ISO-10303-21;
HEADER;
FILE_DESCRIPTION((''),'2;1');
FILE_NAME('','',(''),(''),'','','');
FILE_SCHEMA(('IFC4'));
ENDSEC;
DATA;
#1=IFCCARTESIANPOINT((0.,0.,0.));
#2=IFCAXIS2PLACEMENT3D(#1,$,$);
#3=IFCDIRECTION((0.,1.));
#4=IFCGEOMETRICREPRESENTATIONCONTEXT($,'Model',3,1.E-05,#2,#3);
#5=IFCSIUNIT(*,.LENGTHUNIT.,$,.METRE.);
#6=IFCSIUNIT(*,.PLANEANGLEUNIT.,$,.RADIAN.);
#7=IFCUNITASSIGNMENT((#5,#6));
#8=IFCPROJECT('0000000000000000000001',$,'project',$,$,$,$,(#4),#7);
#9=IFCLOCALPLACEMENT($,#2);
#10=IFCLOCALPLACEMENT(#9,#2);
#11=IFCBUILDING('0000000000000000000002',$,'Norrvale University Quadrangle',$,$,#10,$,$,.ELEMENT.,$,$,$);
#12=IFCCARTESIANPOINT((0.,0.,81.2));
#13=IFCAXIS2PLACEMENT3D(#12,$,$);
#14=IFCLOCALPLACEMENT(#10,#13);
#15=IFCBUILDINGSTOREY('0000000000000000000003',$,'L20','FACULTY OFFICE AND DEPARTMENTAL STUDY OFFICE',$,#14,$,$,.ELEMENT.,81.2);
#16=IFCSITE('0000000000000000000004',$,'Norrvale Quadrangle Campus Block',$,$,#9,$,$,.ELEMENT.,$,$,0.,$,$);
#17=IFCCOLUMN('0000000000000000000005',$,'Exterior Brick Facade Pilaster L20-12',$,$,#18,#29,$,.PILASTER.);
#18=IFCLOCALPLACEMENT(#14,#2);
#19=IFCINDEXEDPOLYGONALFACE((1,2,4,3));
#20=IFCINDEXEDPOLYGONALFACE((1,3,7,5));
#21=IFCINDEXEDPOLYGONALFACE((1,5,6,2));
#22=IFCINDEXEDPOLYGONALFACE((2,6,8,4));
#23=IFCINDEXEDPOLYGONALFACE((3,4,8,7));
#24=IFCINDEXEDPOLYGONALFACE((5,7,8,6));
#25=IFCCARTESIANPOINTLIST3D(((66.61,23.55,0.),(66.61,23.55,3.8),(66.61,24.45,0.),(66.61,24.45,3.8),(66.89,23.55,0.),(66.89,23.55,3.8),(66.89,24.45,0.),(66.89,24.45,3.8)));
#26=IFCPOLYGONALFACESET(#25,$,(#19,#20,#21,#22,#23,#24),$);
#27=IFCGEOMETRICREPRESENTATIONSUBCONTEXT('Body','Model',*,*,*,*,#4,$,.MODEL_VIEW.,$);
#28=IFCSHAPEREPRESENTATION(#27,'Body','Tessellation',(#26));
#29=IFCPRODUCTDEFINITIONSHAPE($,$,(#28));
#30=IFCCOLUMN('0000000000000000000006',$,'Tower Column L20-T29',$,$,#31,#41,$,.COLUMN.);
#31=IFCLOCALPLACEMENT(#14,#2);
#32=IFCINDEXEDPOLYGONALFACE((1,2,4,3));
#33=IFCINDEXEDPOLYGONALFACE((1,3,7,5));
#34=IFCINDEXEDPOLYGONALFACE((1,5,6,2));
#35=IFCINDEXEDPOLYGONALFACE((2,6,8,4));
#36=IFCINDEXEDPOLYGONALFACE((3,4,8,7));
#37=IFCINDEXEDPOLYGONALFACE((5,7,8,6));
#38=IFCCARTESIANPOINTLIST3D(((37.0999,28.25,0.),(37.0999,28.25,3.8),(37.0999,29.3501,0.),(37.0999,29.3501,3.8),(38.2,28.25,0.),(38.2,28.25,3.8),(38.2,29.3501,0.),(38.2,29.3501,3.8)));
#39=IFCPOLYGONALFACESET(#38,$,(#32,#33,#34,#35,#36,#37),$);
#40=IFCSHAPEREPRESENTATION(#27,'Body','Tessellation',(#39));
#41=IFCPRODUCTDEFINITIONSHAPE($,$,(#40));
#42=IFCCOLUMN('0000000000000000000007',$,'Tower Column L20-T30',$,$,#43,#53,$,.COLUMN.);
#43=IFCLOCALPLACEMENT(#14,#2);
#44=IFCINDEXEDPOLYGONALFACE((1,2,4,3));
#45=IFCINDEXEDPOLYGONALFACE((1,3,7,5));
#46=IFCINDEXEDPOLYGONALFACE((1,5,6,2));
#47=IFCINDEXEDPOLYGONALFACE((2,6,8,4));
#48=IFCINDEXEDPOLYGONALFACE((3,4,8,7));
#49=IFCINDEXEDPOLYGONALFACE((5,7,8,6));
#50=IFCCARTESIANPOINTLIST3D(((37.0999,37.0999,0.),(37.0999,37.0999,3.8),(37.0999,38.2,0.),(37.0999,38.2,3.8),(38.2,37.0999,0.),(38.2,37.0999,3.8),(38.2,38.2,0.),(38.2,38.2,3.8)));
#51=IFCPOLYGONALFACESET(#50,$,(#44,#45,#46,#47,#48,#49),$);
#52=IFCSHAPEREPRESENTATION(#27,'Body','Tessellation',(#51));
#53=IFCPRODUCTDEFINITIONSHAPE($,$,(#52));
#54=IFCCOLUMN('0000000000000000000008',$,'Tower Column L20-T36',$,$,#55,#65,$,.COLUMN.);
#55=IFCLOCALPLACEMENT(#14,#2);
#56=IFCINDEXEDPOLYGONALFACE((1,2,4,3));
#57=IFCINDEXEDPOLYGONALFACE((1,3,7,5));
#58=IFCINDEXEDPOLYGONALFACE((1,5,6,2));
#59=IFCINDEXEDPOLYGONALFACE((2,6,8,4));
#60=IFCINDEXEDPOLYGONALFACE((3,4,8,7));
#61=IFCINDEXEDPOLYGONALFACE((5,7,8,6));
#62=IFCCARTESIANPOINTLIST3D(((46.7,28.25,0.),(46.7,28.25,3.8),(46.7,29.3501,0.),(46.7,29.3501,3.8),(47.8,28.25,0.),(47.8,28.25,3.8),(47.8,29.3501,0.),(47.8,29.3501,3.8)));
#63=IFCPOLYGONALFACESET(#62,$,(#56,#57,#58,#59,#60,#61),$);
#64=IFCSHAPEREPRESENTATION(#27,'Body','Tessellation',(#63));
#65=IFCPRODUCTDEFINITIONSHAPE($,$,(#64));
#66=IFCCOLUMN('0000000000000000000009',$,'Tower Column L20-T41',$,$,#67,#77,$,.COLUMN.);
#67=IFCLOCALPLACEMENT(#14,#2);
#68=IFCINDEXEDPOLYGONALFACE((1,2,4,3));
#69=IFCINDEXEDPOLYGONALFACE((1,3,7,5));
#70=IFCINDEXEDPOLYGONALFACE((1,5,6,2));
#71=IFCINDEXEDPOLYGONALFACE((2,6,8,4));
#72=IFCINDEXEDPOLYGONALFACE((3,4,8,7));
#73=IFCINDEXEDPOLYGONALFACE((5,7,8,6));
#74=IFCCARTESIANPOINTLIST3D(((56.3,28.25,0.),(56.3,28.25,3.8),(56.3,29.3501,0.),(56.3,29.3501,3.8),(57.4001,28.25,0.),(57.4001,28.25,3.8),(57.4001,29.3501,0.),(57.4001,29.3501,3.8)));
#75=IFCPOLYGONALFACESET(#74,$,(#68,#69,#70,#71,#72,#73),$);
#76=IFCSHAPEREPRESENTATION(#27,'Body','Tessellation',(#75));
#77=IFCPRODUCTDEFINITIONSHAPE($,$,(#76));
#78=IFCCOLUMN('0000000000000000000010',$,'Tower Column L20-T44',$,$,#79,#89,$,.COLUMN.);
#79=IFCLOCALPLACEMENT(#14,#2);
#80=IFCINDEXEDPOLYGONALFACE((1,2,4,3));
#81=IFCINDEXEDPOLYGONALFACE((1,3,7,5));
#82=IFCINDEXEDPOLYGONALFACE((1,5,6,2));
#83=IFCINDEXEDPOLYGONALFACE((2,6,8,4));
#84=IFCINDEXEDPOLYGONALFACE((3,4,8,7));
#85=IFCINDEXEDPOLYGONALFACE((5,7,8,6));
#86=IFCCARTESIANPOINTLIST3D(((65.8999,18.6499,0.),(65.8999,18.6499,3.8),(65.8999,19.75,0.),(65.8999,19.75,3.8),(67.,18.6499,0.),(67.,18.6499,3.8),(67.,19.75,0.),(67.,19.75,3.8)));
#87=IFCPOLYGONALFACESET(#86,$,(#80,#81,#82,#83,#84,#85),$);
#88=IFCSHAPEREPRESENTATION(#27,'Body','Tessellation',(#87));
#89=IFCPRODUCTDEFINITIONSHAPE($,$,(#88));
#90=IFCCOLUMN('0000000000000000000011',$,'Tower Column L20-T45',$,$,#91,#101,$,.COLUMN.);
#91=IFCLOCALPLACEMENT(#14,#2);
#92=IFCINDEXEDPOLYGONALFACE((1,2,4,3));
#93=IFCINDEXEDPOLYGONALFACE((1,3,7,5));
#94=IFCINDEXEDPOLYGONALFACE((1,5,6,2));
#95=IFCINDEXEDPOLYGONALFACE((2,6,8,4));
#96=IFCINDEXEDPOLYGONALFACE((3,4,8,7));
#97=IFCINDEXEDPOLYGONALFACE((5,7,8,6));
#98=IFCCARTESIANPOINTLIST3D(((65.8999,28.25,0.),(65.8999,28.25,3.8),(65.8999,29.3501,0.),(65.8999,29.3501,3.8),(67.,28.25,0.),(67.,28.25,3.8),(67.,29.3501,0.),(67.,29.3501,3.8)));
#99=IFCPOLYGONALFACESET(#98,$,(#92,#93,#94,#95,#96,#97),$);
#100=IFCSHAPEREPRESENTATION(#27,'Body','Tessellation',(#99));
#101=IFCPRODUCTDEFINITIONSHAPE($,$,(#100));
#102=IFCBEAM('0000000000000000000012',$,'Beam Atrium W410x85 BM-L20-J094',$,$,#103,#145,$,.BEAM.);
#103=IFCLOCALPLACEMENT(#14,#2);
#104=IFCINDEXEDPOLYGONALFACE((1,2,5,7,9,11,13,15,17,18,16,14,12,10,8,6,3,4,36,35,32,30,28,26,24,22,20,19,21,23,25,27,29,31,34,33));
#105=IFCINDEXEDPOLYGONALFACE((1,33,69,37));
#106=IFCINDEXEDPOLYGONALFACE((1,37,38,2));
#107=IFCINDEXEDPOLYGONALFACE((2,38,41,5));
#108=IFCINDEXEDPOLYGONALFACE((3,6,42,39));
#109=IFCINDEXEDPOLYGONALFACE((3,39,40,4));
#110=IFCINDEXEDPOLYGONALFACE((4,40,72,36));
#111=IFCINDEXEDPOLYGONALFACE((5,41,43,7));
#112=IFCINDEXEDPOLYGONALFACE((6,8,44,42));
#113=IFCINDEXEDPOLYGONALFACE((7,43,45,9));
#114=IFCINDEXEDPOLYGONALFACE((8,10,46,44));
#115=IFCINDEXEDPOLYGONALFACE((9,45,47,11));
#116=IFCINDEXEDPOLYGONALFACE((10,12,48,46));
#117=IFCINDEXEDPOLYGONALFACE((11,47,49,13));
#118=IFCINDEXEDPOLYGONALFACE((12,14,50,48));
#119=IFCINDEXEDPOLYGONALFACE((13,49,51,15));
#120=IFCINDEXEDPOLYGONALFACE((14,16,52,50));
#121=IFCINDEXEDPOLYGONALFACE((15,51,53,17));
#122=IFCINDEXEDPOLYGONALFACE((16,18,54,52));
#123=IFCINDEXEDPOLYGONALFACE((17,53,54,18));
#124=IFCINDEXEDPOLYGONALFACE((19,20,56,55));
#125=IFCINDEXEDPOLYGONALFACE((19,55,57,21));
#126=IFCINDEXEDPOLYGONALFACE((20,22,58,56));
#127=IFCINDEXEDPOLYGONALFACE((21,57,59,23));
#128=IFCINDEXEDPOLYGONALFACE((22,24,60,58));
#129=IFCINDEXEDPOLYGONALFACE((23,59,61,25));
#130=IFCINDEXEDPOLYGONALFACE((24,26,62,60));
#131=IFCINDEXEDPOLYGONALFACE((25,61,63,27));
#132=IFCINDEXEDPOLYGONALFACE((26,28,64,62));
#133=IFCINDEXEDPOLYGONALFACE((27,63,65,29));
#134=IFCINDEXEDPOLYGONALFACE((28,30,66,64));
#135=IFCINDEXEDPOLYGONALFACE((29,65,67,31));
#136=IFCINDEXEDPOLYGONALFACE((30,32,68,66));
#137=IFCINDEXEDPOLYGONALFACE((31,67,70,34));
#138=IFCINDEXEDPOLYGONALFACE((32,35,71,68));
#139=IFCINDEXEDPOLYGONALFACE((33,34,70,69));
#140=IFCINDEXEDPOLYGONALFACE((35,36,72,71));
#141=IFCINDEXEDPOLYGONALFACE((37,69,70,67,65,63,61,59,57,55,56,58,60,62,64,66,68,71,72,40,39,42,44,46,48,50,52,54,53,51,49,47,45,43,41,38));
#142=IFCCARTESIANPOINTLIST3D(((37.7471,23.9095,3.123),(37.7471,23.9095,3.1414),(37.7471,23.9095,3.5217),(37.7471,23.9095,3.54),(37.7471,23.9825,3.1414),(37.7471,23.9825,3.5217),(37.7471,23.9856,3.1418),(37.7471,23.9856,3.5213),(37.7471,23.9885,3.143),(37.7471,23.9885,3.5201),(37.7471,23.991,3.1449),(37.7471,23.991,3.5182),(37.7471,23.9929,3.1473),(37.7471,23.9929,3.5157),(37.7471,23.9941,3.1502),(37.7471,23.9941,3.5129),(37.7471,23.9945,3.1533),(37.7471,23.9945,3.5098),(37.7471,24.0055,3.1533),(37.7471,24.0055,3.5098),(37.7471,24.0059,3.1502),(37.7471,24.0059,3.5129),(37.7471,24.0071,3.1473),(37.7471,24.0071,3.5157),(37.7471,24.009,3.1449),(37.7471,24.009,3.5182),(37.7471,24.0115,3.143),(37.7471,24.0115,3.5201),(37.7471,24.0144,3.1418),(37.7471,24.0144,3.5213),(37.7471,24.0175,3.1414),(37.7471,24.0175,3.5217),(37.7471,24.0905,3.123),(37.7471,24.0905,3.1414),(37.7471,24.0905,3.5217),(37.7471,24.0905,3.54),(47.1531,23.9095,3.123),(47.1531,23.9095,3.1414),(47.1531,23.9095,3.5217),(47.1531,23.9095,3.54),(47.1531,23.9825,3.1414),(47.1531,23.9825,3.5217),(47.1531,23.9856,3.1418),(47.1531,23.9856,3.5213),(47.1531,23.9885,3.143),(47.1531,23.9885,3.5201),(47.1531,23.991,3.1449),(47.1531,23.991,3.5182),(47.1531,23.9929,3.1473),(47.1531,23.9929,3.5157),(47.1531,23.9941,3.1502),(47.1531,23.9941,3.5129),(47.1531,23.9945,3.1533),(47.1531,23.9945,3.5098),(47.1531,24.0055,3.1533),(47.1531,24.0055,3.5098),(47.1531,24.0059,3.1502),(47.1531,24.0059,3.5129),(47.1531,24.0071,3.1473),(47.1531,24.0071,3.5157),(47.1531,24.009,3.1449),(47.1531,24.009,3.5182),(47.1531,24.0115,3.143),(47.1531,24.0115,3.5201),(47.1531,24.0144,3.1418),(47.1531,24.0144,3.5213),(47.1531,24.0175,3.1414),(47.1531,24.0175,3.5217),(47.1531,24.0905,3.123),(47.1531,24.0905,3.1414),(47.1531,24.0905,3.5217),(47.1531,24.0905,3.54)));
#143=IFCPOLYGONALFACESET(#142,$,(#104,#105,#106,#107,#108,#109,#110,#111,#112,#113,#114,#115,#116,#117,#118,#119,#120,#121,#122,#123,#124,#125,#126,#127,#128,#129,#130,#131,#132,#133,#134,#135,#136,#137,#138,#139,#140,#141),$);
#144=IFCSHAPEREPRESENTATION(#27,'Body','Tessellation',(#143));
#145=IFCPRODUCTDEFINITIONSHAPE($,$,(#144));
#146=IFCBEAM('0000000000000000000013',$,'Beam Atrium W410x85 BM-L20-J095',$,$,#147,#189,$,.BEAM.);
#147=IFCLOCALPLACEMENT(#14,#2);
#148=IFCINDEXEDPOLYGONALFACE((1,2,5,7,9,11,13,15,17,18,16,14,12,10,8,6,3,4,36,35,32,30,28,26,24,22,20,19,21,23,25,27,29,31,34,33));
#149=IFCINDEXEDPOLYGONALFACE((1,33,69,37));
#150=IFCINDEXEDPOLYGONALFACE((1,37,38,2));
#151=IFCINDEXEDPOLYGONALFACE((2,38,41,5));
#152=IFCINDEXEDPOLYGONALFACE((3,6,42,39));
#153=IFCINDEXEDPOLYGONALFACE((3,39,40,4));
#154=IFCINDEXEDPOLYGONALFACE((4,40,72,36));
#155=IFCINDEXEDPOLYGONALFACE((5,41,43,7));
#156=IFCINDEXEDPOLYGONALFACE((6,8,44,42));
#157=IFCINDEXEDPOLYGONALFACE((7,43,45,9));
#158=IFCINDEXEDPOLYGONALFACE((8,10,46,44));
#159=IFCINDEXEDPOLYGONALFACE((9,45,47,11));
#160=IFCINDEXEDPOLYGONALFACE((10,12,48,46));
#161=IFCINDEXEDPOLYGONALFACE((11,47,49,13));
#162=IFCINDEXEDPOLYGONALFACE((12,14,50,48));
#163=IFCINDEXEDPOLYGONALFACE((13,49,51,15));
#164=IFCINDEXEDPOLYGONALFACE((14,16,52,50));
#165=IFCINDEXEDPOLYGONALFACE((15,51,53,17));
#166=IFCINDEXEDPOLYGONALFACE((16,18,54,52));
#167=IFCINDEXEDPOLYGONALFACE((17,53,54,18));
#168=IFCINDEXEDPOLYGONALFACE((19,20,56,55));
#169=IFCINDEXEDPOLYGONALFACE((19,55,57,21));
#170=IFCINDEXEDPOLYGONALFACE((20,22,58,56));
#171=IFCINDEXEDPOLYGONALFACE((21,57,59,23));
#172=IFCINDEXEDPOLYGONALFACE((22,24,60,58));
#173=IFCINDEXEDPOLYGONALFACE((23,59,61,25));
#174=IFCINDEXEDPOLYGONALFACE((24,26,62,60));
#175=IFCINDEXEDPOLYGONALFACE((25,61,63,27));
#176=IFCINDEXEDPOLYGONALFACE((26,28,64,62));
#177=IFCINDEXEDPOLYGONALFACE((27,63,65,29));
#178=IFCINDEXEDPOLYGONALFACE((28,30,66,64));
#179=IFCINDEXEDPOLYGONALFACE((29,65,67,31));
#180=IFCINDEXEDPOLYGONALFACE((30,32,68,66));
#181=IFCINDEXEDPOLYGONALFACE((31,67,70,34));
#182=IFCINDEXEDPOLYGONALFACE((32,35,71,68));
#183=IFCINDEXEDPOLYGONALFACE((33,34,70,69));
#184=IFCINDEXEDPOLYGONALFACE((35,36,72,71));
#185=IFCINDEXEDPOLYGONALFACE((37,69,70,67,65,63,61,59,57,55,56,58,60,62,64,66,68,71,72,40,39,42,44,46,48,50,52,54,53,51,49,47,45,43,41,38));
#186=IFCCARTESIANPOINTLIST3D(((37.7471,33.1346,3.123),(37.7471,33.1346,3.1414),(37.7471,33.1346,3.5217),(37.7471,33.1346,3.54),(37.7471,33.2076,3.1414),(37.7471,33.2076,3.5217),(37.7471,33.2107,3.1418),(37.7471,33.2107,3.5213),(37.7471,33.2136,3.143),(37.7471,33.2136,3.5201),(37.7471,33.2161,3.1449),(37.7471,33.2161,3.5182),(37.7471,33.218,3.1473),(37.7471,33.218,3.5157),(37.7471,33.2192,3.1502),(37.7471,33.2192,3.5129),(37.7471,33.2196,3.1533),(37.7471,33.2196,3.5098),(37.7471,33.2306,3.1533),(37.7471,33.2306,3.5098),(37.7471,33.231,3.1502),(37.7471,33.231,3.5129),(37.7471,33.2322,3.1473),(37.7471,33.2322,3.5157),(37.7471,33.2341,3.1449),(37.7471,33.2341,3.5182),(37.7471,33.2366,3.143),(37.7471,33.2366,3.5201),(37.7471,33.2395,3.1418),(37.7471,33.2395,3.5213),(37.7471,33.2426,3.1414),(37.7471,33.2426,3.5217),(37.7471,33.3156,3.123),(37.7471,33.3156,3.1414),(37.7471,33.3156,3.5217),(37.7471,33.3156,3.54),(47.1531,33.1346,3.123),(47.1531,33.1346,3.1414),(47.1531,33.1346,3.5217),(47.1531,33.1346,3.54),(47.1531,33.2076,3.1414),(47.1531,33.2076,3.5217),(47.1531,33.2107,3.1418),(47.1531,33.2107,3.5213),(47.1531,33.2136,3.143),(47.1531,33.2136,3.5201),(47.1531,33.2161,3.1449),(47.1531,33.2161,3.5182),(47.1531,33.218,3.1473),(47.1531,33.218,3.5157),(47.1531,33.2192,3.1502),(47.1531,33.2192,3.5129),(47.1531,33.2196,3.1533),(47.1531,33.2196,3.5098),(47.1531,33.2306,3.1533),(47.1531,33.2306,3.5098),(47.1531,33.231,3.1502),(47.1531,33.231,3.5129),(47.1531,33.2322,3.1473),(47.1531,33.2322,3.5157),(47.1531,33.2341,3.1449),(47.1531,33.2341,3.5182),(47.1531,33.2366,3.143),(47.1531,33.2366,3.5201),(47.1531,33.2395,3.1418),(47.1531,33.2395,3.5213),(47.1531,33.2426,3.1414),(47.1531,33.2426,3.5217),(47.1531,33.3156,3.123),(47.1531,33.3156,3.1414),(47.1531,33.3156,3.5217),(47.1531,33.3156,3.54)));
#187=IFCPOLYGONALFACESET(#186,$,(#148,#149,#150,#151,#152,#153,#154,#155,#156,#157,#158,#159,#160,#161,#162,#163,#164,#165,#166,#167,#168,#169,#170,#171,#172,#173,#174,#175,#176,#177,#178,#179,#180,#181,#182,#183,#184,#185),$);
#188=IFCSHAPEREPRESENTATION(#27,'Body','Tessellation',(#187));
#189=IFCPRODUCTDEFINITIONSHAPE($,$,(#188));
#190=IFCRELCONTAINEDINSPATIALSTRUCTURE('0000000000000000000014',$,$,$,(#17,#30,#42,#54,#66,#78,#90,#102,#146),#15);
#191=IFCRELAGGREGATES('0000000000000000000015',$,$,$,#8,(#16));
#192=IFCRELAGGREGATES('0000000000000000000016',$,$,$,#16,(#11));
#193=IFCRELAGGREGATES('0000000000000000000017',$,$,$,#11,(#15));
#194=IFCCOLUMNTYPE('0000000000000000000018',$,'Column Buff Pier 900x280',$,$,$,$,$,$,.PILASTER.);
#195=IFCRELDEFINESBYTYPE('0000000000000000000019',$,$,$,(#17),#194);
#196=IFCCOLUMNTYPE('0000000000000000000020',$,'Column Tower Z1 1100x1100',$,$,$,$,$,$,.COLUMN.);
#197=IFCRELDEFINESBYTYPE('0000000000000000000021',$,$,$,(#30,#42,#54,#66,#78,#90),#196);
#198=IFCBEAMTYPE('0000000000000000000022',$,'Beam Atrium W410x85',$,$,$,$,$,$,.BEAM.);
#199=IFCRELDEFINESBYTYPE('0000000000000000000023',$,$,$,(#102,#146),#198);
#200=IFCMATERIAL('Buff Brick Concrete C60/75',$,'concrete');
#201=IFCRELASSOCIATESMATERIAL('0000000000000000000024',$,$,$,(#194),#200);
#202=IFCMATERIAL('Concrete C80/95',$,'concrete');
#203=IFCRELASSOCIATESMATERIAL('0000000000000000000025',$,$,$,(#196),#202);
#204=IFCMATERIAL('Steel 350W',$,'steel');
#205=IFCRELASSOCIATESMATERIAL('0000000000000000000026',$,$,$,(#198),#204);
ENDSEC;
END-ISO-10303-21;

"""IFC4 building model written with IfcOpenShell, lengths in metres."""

from ifc_helpers import new_model, si_unit, direction, frame, origin, origin_2d, place, context, subcontext, project, spatial, rectangle, i_section, extrude, material, material_profile, profile_set, type_object, element, save


model = new_model("IFC4")

# Units and contexts
model_context = context("Model", 3, precision=1e-05, world=origin(), true_north=direction((0.0, 1.0)))
body_context = subcontext(model_context, "Body", "Model", "MODEL_VIEW")
ifc_project = project(units=[si_unit("LENGTHUNIT", "METRE"), si_unit("PLANEANGLEUNIT", "RADIAN")], contexts=[model_context])

# Site, building, storey
site_placement = place(None, origin())
site = spatial("IfcSite", under=ifc_project, at=site_placement, Name="Norrvale Quadrangle Campus Block", CompositionType="ELEMENT", RefElevation=0.0)
building_placement = place(site_placement, origin())
building = spatial("IfcBuilding", under=site, at=building_placement, Name="Norrvale University Quadrangle", CompositionType="ELEMENT")
storey_placement = place(building_placement, frame((0.0, 0.0, 81.2)))
storey = spatial("IfcBuildingStorey", under=building, at=storey_placement, Name="L20", Description="FACULTY OFFICE AND DEPARTMENTAL STUDY OFFICE", CompositionType="ELEMENT", Elevation=81.2)

# Columns
ifc_material_1 = material(Name="Buff Brick Concrete C60/75", Category="concrete")
ifc_material_profile_1 = material_profile(ifc_material_1, rectangle(XDim=0.8999, YDim=0.28, at=origin_2d()), Name="Buff Brick Concrete C60/75")
ifc_profile_set_1 = profile_set([ifc_material_profile_1], Name="Buff Brick Concrete C60/75")
column_type_1 = type_object("IfcColumnType", Name="Column Buff Pier 900x280", PredefinedType="PILASTER", material=ifc_profile_set_1)
column_placement = place(storey_placement, frame((66.75, 24.0, 0.0), z_axis=(0.0, 0.0, 1.0), x_axis=(0.0, 1.0, 0.0)))
element("IfcColumn", 1, at=column_placement, inside=storey, type_object=column_type_1, Name="Exterior Brick Facade Pilaster L20-12", PredefinedType="PILASTER", context=body_context, shape_type="SweptSolid", body=[
    extrude(rectangle(XDim=0.8999, YDim=0.28, at=origin_2d()), origin(), (0.0, 0.0, 1.0), 3.8),
])
ifc_material_2 = material(Name="Concrete C80/95", Category="concrete")
ifc_material_profile_2 = material_profile(ifc_material_2, rectangle(XDim=1.1001, YDim=1.1001, at=origin_2d()), Name="Concrete C80/95")
ifc_profile_set_2 = profile_set([ifc_material_profile_2], Name="Concrete C80/95")
column_type_2 = type_object("IfcColumnType", Name="Column Tower Z1 1100x1100", PredefinedType="COLUMN", material=ifc_profile_set_2)
for number, where, z_axis, x_axis, name in (
    (2, (37.6499, 28.8, 0.0), (0.0, 0.0, 1.0), (1.0, 0.0, 0.0), "Tower Column L20-T29"),
    (3, (37.6499, 37.6499, 0.0), (0.0, 0.0, 1.0), (1.0, 0.0, 0.0), "Tower Column L20-T30"),
    (4, (47.25, 28.8, 0.0), (0.0, 0.0, 1.0), (1.0, 0.0, 0.0), "Tower Column L20-T36"),
    (5, (56.8501, 28.8, 0.0), (0.0, 0.0, 1.0), (1.0, 0.0, 0.0), "Tower Column L20-T41"),
    (6, (66.45, 19.2, 0.0), (0.0, 0.0, 1.0), (1.0, 0.0, 0.0), "Tower Column L20-T44"),
    (7, (66.45, 28.8, 0.0), (0.0, 0.0, 1.0), (1.0, 0.0, 0.0), "Tower Column L20-T45"),
):
    element("IfcColumn", number, at=place(storey_placement, frame(where, z_axis=z_axis, x_axis=x_axis)), inside=storey, type_object=column_type_2, Name=name, PredefinedType="COLUMN", context=body_context, shape_type="SweptSolid", body=[
        extrude(rectangle(XDim=1.1001, YDim=1.1001, at=origin_2d()), origin(), (0.0, 0.0, 1.0), 3.8),
    ])

# Beams
ifc_material_3 = material(Name="Steel 350W", Category="steel")
ifc_material_profile_3 = material_profile(ifc_material_3, i_section(OverallWidth=0.1809, OverallDepth=0.417, WebThickness=0.011, FlangeThickness=0.0183, FilletRadius=0.012, at=origin_2d()), Name="Steel 350W")
ifc_profile_set_3 = profile_set([ifc_material_profile_3], Name="Steel 350W")
beam_type_1 = type_object("IfcBeamType", Name="Beam Atrium W410x85", PredefinedType="BEAM", material=ifc_profile_set_3)
for number, where, z_axis, x_axis, name in (
    (8, (37.7471, 24.0, 3.3315), (1.0, 0.0, 0.0), (0.0, 1.0, 0.0), "Beam Atrium W410x85 BM-L20-J094"),
    (9, (37.7471, 33.2251, 3.3315), (1.0, 0.0, 0.0), (0.0, 1.0, 0.0), "Beam Atrium W410x85 BM-L20-J095"),
):
    element("IfcBeam", number, at=place(storey_placement, frame(where, z_axis=z_axis, x_axis=x_axis)), inside=storey, type_object=beam_type_1, Name=name, PredefinedType="BEAM", context=body_context, shape_type="SweptSolid", body=[
        extrude(i_section(OverallWidth=0.1809, OverallDepth=0.417, WebThickness=0.011, FlangeThickness=0.0183, FilletRadius=0.012, at=origin_2d()), origin(), (0.0, 0.0, 1.0), 9.406),
    ])

save(model, "model.ifc")
